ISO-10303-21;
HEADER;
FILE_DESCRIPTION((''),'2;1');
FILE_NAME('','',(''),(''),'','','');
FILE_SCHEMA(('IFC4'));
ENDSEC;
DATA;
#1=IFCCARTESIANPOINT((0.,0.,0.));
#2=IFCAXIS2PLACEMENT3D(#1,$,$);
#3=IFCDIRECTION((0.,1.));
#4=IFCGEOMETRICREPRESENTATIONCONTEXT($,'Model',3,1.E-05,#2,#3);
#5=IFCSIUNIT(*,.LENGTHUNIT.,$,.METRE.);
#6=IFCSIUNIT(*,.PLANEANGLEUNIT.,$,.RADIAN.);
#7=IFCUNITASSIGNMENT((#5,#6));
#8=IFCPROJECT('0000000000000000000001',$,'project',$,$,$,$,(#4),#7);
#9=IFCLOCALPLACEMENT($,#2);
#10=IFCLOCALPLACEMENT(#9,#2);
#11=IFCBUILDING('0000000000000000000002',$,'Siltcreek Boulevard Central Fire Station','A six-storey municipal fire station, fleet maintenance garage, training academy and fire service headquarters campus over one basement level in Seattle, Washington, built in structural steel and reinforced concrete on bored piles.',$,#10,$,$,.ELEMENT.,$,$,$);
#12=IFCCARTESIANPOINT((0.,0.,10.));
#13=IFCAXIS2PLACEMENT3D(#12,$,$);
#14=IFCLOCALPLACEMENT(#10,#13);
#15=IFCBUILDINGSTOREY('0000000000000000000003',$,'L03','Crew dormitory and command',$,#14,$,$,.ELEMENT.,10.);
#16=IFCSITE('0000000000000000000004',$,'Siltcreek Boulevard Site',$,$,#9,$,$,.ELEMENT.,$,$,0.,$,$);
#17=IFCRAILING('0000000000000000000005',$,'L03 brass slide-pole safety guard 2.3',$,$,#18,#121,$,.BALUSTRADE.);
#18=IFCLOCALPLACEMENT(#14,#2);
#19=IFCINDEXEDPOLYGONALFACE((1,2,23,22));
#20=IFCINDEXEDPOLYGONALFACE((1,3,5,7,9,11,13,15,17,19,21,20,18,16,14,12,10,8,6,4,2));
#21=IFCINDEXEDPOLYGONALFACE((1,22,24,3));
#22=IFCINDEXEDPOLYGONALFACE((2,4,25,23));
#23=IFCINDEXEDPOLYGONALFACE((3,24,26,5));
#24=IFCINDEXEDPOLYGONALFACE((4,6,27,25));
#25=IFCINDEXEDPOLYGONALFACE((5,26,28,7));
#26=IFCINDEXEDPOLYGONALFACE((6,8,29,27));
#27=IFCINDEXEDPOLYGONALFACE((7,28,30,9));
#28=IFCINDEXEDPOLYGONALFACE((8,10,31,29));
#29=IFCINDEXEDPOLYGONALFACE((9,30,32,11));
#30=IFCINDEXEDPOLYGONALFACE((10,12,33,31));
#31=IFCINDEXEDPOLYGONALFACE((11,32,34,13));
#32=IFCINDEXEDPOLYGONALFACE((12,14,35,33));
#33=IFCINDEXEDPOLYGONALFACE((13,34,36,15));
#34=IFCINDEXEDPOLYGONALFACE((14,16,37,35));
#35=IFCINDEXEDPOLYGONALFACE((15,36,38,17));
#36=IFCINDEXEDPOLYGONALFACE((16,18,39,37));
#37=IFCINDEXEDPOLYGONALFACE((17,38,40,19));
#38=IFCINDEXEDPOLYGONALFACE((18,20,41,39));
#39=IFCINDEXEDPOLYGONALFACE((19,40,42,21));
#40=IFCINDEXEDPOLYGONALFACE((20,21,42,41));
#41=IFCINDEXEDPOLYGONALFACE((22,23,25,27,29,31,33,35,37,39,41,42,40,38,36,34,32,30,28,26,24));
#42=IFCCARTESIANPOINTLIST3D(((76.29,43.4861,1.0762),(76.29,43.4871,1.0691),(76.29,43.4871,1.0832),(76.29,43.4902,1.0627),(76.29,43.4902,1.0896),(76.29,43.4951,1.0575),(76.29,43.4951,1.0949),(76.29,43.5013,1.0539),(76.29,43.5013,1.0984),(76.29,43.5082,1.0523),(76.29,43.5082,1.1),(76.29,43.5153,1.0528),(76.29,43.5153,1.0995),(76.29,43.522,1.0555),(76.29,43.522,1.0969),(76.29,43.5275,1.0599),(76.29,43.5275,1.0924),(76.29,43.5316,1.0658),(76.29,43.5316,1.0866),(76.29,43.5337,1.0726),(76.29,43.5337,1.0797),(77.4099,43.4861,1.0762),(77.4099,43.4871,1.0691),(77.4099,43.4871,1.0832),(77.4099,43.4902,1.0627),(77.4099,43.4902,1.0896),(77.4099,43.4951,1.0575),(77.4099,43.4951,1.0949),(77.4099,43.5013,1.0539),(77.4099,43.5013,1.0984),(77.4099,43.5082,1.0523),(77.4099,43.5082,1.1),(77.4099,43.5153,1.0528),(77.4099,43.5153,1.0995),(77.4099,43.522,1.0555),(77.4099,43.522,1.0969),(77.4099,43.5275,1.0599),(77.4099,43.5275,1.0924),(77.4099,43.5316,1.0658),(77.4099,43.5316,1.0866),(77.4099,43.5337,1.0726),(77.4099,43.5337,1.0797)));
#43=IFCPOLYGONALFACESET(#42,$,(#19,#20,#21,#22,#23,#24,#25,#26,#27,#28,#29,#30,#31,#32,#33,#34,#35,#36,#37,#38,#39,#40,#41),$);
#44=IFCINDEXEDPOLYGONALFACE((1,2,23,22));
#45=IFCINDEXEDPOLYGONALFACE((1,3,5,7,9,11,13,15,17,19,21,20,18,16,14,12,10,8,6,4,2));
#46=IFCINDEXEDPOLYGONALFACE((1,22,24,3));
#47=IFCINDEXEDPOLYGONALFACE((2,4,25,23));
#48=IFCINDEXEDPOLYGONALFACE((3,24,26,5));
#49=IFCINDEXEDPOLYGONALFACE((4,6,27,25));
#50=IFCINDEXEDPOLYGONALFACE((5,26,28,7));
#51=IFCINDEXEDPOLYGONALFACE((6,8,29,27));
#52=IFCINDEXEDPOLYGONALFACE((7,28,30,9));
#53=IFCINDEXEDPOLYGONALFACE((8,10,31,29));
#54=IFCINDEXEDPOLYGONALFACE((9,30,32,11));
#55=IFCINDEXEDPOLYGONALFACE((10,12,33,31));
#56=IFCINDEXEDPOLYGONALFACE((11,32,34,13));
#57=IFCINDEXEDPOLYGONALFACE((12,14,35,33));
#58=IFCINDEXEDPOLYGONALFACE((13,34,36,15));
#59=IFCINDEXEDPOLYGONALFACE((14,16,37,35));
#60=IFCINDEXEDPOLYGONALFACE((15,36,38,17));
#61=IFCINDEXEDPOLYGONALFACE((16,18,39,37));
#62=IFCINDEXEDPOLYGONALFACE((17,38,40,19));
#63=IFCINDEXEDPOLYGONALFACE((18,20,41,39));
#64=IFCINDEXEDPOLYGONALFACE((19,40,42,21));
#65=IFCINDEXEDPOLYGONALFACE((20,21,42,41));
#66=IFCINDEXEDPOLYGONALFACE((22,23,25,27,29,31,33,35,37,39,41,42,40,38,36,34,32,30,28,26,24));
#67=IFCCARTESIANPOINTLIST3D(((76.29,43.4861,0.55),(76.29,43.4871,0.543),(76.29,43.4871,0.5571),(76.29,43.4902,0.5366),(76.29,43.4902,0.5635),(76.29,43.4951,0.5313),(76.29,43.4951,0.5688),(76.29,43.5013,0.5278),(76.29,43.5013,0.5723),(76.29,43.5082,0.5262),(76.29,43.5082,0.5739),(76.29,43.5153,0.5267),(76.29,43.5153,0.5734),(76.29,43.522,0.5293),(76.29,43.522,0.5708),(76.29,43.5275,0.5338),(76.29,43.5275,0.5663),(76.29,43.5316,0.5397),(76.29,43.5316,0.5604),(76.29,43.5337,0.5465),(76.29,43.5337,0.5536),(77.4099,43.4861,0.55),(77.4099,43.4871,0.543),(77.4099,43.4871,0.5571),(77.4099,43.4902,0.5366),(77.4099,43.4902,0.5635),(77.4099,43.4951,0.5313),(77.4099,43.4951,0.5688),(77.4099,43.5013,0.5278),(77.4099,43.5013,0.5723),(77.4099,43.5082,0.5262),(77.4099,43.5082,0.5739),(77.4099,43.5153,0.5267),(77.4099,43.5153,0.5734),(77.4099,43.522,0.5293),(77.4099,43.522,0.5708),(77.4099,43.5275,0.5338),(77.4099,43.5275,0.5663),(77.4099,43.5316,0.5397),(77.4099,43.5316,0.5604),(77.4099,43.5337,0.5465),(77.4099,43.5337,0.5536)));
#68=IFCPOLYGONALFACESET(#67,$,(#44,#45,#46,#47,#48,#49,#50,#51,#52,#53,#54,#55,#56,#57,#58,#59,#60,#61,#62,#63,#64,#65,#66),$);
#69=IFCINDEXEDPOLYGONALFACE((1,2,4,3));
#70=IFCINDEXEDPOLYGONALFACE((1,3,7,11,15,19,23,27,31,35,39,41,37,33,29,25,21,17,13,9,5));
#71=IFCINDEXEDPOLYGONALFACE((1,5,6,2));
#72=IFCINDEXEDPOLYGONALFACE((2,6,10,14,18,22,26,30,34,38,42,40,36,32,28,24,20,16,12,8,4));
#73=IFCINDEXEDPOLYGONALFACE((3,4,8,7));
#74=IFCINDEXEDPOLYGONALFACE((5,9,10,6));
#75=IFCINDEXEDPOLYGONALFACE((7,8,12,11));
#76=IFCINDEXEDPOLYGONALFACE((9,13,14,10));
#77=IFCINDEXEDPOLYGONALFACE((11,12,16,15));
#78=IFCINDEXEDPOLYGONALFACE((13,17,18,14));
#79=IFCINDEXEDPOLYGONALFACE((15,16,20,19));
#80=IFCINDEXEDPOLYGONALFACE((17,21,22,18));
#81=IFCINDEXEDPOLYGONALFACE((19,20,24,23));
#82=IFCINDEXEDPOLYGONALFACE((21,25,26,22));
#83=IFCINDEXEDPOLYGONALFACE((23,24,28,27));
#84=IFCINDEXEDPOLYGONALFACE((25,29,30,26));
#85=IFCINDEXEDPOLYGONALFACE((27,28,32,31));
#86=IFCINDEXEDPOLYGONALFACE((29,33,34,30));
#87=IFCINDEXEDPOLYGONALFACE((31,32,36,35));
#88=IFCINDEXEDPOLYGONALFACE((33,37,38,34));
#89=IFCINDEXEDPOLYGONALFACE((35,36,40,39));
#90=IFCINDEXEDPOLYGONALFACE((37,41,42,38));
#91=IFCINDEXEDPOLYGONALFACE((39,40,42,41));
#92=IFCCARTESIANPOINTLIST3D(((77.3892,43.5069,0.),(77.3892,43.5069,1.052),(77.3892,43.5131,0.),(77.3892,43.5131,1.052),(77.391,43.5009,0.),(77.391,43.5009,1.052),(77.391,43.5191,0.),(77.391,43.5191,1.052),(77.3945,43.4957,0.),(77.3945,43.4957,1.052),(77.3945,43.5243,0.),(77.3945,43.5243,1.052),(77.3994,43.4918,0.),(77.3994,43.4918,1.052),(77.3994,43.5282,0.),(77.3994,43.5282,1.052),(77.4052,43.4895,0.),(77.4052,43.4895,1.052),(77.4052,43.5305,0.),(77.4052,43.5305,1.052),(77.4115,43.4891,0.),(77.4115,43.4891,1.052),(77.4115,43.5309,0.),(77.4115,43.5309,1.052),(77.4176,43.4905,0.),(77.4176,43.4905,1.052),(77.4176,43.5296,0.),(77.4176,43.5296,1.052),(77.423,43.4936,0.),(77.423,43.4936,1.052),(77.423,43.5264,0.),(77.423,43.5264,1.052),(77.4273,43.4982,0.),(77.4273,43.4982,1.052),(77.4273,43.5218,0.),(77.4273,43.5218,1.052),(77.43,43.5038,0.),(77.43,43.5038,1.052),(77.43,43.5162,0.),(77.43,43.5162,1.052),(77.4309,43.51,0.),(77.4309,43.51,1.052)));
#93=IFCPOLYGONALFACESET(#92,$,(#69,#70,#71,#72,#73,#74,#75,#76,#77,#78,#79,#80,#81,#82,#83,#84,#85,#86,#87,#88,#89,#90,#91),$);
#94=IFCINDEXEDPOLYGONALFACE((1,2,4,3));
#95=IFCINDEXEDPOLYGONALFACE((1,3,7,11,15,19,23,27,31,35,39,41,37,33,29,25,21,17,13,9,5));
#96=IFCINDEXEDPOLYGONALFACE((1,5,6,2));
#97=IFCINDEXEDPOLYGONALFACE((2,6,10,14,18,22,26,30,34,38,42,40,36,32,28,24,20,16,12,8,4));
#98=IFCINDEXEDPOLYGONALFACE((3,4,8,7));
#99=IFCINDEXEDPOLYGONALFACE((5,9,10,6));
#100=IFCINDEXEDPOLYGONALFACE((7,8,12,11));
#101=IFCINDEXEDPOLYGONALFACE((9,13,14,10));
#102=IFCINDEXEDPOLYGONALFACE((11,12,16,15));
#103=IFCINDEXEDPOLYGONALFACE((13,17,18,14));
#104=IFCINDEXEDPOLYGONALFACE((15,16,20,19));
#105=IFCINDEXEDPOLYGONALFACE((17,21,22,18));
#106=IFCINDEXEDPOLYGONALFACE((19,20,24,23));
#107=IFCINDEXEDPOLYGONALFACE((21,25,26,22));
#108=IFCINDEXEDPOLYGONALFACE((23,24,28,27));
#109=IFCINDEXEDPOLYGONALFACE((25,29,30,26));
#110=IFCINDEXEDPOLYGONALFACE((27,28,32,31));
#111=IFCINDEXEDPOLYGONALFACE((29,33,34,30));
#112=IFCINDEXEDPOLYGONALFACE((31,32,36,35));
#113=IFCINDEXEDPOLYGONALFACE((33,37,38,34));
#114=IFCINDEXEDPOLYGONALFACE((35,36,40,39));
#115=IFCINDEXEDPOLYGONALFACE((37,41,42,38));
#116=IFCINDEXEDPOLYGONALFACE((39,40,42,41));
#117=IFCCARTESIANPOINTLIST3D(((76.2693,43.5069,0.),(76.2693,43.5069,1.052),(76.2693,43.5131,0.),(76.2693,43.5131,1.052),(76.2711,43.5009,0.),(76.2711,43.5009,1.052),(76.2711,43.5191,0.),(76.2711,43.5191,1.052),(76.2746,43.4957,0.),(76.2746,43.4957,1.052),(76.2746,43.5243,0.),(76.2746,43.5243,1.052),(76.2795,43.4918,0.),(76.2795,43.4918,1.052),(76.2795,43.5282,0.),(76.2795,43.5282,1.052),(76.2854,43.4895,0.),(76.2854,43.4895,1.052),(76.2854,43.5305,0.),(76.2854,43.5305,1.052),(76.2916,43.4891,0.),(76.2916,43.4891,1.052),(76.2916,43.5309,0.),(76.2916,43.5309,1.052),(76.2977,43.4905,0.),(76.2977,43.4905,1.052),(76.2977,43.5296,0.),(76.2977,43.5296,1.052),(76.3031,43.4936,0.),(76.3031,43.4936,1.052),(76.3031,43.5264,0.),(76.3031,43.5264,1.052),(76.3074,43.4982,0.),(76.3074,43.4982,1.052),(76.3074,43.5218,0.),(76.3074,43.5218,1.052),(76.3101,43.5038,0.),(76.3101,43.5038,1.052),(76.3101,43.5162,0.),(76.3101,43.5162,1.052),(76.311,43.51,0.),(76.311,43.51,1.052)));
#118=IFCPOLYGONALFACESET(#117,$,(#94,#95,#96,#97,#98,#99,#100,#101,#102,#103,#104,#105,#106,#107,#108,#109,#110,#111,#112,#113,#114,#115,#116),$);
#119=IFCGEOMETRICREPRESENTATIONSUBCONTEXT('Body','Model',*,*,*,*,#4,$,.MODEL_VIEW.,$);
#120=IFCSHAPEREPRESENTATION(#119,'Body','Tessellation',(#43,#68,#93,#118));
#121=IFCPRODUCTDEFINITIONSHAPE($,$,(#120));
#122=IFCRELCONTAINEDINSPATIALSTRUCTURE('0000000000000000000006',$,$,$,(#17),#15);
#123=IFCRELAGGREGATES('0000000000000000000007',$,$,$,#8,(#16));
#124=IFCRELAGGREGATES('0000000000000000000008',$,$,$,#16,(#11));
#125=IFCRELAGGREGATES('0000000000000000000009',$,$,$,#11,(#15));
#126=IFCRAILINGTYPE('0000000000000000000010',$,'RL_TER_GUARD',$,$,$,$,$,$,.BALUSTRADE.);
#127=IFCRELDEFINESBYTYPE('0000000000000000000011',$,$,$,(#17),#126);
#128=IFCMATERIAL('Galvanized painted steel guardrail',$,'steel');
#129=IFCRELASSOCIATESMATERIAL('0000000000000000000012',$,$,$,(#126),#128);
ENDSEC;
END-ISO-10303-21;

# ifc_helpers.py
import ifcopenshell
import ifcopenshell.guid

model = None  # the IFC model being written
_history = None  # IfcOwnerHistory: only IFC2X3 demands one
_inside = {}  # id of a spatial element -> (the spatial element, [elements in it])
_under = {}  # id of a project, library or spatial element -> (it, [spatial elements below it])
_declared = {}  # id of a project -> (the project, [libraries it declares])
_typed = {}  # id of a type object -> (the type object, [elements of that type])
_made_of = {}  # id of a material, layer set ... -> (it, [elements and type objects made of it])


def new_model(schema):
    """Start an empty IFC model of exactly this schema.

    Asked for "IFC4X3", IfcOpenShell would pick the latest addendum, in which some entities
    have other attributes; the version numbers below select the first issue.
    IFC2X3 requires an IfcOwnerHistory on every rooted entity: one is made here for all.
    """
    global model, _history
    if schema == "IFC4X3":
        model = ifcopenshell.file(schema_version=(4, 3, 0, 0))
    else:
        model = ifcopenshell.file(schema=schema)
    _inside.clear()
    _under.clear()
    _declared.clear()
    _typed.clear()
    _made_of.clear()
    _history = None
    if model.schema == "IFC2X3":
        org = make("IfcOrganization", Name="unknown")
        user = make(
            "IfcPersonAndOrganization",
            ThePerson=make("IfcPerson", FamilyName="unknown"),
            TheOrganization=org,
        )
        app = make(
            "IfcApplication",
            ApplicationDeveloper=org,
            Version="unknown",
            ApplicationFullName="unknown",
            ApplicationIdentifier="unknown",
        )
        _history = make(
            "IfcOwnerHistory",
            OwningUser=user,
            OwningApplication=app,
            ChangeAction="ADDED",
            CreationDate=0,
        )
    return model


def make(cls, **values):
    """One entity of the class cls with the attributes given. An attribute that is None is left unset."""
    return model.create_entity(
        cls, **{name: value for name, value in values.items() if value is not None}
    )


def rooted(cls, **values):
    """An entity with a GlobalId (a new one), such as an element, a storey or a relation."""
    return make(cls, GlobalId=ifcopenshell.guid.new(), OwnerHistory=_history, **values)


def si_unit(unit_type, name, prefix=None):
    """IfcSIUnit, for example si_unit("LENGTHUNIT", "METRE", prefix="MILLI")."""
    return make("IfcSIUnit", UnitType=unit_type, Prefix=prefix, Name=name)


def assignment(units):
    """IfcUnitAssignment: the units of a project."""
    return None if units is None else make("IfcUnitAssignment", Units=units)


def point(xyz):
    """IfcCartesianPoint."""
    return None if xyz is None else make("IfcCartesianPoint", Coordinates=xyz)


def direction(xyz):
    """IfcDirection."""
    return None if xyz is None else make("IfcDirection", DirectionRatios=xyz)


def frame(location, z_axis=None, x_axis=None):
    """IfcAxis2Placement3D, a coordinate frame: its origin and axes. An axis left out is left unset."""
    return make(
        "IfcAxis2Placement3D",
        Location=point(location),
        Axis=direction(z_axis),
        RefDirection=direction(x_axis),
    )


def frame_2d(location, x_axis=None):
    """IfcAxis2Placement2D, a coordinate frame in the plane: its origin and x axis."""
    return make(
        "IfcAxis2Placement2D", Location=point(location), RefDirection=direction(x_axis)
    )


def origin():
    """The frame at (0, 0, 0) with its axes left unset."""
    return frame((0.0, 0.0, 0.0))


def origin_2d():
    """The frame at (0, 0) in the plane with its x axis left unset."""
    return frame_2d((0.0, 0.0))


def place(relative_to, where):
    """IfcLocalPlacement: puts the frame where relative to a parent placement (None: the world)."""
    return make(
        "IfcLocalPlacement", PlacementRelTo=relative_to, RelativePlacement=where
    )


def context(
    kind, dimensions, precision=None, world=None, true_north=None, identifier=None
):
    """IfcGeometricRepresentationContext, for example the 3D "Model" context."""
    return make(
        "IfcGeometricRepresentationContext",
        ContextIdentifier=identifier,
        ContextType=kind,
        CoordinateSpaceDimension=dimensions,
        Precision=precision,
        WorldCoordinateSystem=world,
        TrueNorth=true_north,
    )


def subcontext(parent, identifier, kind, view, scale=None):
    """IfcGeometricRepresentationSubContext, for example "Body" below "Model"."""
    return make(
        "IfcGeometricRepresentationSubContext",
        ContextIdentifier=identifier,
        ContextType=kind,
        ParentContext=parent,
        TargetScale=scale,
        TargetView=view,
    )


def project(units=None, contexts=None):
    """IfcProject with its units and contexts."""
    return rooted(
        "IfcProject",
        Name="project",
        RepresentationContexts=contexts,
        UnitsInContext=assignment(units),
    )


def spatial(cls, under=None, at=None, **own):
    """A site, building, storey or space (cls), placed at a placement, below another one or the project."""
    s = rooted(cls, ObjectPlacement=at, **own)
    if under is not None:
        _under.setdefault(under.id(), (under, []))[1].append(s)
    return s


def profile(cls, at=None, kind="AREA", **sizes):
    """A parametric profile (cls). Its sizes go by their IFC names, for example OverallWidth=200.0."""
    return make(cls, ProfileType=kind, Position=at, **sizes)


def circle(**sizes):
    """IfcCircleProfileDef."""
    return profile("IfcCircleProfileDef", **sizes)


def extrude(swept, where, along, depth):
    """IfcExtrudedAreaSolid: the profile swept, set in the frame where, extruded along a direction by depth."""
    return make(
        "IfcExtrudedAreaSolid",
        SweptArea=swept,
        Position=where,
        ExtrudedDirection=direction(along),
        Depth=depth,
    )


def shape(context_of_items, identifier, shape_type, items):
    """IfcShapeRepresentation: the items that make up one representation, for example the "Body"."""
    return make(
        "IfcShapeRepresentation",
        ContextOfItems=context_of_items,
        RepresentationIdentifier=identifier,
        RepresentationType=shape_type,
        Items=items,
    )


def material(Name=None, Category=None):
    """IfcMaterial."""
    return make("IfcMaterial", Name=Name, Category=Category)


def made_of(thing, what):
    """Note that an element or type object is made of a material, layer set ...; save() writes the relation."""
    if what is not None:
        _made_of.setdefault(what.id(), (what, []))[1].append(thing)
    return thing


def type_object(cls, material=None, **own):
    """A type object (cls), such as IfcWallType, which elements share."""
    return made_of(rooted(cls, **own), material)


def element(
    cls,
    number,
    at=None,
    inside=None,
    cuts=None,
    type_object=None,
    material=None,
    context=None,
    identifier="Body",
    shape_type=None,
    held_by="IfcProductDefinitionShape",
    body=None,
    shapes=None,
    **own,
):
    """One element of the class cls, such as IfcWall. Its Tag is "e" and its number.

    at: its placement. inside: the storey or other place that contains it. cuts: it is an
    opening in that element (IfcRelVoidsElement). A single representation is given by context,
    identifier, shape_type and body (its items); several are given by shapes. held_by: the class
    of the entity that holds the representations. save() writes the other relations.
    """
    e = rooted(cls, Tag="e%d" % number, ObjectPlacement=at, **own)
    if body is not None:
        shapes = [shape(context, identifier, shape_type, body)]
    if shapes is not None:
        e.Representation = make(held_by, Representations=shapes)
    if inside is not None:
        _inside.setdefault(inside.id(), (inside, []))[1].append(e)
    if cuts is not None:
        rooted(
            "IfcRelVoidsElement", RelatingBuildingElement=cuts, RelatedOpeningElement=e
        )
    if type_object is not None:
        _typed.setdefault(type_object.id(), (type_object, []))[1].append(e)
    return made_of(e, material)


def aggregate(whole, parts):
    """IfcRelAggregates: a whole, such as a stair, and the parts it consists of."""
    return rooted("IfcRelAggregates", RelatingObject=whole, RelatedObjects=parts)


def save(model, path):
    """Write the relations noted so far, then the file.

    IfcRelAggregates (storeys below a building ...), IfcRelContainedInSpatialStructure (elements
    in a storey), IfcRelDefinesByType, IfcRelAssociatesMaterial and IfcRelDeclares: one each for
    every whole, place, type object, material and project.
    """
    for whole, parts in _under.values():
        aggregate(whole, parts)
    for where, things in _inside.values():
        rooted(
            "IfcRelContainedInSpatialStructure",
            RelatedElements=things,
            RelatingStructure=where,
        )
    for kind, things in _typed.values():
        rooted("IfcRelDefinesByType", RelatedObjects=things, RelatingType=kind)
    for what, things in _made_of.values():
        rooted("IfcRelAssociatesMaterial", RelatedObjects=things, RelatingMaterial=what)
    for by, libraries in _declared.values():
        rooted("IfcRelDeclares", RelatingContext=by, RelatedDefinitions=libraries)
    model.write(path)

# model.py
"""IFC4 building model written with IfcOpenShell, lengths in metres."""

from ifc_helpers import new_model, si_unit, direction, frame, origin, origin_2d, place, context, subcontext, project, spatial, circle, extrude, material, type_object, element, save


model = new_model("IFC4")

# Units and contexts
model_context = context("Model", 3, precision=1e-05, world=origin(), true_north=direction((0.0, 1.0)))
body_context = subcontext(model_context, "Body", "Model", "MODEL_VIEW")
ifc_project = project(units=[si_unit("LENGTHUNIT", "METRE"), si_unit("PLANEANGLEUNIT", "RADIAN")], contexts=[model_context])

# Site, building, storey
site_placement = place(None, origin())
site = spatial("IfcSite", under=ifc_project, at=site_placement, Name="Siltcreek Boulevard Site", CompositionType="ELEMENT", RefElevation=0.0)
building_placement = place(site_placement, origin())
building = spatial("IfcBuilding", under=site, at=building_placement, Name="Siltcreek Boulevard Central Fire Station", Description="A six-storey municipal fire station, fleet maintenance garage, training academy and fire service headquarters campus over one basement level in Seattle, Washington, built in structural steel and reinforced concrete on bored piles.", CompositionType="ELEMENT")
storey_placement = place(building_placement, frame((0.0, 0.0, 10.0)))
storey = spatial("IfcBuildingStorey", under=building, at=storey_placement, Name="L03", Description="Crew dormitory and command", CompositionType="ELEMENT", Elevation=10.0)

# Railing
ifc_material_1 = material(Name="Galvanized painted steel guardrail", Category="steel")
railing_type = type_object("IfcRailingType", Name="RL_TER_GUARD", PredefinedType="BALUSTRADE", material=ifc_material_1)
railing_1_placement = place(storey_placement, frame((77.4099, 43.51, 0.0)))
element("IfcRailing", 1, at=railing_1_placement, inside=storey, type_object=railing_type, Name="L03 brass slide-pole safety guard 2.3", PredefinedType="BALUSTRADE", context=body_context, shape_type="SweptSolid", body=[
    extrude(circle(Radius=0.0239, at=origin_2d()), frame((0.0, 0.0, 1.0762), z_axis=(-1.0, 0.0, 0.0), x_axis=(0.0, -1.0, 0.0)), (0.0, 0.0, 1.0), 1.1199),
    extrude(circle(Radius=0.0239, at=origin_2d()), frame((0.0, 0.0, 0.55), z_axis=(-1.0, 0.0, 0.0), x_axis=(0.0, -1.0, 0.0)), (0.0, 0.0, 1.0), 1.1199),
    extrude(circle(Radius=0.021, at=origin_2d()), origin(), (0.0, 0.0, 1.0), 1.052),
    extrude(circle(Radius=0.021, at=origin_2d()), frame((-1.1199, 0.0, 0.0)), (0.0, 0.0, 1.0), 1.052),
])

save(model, "model.ifc")
